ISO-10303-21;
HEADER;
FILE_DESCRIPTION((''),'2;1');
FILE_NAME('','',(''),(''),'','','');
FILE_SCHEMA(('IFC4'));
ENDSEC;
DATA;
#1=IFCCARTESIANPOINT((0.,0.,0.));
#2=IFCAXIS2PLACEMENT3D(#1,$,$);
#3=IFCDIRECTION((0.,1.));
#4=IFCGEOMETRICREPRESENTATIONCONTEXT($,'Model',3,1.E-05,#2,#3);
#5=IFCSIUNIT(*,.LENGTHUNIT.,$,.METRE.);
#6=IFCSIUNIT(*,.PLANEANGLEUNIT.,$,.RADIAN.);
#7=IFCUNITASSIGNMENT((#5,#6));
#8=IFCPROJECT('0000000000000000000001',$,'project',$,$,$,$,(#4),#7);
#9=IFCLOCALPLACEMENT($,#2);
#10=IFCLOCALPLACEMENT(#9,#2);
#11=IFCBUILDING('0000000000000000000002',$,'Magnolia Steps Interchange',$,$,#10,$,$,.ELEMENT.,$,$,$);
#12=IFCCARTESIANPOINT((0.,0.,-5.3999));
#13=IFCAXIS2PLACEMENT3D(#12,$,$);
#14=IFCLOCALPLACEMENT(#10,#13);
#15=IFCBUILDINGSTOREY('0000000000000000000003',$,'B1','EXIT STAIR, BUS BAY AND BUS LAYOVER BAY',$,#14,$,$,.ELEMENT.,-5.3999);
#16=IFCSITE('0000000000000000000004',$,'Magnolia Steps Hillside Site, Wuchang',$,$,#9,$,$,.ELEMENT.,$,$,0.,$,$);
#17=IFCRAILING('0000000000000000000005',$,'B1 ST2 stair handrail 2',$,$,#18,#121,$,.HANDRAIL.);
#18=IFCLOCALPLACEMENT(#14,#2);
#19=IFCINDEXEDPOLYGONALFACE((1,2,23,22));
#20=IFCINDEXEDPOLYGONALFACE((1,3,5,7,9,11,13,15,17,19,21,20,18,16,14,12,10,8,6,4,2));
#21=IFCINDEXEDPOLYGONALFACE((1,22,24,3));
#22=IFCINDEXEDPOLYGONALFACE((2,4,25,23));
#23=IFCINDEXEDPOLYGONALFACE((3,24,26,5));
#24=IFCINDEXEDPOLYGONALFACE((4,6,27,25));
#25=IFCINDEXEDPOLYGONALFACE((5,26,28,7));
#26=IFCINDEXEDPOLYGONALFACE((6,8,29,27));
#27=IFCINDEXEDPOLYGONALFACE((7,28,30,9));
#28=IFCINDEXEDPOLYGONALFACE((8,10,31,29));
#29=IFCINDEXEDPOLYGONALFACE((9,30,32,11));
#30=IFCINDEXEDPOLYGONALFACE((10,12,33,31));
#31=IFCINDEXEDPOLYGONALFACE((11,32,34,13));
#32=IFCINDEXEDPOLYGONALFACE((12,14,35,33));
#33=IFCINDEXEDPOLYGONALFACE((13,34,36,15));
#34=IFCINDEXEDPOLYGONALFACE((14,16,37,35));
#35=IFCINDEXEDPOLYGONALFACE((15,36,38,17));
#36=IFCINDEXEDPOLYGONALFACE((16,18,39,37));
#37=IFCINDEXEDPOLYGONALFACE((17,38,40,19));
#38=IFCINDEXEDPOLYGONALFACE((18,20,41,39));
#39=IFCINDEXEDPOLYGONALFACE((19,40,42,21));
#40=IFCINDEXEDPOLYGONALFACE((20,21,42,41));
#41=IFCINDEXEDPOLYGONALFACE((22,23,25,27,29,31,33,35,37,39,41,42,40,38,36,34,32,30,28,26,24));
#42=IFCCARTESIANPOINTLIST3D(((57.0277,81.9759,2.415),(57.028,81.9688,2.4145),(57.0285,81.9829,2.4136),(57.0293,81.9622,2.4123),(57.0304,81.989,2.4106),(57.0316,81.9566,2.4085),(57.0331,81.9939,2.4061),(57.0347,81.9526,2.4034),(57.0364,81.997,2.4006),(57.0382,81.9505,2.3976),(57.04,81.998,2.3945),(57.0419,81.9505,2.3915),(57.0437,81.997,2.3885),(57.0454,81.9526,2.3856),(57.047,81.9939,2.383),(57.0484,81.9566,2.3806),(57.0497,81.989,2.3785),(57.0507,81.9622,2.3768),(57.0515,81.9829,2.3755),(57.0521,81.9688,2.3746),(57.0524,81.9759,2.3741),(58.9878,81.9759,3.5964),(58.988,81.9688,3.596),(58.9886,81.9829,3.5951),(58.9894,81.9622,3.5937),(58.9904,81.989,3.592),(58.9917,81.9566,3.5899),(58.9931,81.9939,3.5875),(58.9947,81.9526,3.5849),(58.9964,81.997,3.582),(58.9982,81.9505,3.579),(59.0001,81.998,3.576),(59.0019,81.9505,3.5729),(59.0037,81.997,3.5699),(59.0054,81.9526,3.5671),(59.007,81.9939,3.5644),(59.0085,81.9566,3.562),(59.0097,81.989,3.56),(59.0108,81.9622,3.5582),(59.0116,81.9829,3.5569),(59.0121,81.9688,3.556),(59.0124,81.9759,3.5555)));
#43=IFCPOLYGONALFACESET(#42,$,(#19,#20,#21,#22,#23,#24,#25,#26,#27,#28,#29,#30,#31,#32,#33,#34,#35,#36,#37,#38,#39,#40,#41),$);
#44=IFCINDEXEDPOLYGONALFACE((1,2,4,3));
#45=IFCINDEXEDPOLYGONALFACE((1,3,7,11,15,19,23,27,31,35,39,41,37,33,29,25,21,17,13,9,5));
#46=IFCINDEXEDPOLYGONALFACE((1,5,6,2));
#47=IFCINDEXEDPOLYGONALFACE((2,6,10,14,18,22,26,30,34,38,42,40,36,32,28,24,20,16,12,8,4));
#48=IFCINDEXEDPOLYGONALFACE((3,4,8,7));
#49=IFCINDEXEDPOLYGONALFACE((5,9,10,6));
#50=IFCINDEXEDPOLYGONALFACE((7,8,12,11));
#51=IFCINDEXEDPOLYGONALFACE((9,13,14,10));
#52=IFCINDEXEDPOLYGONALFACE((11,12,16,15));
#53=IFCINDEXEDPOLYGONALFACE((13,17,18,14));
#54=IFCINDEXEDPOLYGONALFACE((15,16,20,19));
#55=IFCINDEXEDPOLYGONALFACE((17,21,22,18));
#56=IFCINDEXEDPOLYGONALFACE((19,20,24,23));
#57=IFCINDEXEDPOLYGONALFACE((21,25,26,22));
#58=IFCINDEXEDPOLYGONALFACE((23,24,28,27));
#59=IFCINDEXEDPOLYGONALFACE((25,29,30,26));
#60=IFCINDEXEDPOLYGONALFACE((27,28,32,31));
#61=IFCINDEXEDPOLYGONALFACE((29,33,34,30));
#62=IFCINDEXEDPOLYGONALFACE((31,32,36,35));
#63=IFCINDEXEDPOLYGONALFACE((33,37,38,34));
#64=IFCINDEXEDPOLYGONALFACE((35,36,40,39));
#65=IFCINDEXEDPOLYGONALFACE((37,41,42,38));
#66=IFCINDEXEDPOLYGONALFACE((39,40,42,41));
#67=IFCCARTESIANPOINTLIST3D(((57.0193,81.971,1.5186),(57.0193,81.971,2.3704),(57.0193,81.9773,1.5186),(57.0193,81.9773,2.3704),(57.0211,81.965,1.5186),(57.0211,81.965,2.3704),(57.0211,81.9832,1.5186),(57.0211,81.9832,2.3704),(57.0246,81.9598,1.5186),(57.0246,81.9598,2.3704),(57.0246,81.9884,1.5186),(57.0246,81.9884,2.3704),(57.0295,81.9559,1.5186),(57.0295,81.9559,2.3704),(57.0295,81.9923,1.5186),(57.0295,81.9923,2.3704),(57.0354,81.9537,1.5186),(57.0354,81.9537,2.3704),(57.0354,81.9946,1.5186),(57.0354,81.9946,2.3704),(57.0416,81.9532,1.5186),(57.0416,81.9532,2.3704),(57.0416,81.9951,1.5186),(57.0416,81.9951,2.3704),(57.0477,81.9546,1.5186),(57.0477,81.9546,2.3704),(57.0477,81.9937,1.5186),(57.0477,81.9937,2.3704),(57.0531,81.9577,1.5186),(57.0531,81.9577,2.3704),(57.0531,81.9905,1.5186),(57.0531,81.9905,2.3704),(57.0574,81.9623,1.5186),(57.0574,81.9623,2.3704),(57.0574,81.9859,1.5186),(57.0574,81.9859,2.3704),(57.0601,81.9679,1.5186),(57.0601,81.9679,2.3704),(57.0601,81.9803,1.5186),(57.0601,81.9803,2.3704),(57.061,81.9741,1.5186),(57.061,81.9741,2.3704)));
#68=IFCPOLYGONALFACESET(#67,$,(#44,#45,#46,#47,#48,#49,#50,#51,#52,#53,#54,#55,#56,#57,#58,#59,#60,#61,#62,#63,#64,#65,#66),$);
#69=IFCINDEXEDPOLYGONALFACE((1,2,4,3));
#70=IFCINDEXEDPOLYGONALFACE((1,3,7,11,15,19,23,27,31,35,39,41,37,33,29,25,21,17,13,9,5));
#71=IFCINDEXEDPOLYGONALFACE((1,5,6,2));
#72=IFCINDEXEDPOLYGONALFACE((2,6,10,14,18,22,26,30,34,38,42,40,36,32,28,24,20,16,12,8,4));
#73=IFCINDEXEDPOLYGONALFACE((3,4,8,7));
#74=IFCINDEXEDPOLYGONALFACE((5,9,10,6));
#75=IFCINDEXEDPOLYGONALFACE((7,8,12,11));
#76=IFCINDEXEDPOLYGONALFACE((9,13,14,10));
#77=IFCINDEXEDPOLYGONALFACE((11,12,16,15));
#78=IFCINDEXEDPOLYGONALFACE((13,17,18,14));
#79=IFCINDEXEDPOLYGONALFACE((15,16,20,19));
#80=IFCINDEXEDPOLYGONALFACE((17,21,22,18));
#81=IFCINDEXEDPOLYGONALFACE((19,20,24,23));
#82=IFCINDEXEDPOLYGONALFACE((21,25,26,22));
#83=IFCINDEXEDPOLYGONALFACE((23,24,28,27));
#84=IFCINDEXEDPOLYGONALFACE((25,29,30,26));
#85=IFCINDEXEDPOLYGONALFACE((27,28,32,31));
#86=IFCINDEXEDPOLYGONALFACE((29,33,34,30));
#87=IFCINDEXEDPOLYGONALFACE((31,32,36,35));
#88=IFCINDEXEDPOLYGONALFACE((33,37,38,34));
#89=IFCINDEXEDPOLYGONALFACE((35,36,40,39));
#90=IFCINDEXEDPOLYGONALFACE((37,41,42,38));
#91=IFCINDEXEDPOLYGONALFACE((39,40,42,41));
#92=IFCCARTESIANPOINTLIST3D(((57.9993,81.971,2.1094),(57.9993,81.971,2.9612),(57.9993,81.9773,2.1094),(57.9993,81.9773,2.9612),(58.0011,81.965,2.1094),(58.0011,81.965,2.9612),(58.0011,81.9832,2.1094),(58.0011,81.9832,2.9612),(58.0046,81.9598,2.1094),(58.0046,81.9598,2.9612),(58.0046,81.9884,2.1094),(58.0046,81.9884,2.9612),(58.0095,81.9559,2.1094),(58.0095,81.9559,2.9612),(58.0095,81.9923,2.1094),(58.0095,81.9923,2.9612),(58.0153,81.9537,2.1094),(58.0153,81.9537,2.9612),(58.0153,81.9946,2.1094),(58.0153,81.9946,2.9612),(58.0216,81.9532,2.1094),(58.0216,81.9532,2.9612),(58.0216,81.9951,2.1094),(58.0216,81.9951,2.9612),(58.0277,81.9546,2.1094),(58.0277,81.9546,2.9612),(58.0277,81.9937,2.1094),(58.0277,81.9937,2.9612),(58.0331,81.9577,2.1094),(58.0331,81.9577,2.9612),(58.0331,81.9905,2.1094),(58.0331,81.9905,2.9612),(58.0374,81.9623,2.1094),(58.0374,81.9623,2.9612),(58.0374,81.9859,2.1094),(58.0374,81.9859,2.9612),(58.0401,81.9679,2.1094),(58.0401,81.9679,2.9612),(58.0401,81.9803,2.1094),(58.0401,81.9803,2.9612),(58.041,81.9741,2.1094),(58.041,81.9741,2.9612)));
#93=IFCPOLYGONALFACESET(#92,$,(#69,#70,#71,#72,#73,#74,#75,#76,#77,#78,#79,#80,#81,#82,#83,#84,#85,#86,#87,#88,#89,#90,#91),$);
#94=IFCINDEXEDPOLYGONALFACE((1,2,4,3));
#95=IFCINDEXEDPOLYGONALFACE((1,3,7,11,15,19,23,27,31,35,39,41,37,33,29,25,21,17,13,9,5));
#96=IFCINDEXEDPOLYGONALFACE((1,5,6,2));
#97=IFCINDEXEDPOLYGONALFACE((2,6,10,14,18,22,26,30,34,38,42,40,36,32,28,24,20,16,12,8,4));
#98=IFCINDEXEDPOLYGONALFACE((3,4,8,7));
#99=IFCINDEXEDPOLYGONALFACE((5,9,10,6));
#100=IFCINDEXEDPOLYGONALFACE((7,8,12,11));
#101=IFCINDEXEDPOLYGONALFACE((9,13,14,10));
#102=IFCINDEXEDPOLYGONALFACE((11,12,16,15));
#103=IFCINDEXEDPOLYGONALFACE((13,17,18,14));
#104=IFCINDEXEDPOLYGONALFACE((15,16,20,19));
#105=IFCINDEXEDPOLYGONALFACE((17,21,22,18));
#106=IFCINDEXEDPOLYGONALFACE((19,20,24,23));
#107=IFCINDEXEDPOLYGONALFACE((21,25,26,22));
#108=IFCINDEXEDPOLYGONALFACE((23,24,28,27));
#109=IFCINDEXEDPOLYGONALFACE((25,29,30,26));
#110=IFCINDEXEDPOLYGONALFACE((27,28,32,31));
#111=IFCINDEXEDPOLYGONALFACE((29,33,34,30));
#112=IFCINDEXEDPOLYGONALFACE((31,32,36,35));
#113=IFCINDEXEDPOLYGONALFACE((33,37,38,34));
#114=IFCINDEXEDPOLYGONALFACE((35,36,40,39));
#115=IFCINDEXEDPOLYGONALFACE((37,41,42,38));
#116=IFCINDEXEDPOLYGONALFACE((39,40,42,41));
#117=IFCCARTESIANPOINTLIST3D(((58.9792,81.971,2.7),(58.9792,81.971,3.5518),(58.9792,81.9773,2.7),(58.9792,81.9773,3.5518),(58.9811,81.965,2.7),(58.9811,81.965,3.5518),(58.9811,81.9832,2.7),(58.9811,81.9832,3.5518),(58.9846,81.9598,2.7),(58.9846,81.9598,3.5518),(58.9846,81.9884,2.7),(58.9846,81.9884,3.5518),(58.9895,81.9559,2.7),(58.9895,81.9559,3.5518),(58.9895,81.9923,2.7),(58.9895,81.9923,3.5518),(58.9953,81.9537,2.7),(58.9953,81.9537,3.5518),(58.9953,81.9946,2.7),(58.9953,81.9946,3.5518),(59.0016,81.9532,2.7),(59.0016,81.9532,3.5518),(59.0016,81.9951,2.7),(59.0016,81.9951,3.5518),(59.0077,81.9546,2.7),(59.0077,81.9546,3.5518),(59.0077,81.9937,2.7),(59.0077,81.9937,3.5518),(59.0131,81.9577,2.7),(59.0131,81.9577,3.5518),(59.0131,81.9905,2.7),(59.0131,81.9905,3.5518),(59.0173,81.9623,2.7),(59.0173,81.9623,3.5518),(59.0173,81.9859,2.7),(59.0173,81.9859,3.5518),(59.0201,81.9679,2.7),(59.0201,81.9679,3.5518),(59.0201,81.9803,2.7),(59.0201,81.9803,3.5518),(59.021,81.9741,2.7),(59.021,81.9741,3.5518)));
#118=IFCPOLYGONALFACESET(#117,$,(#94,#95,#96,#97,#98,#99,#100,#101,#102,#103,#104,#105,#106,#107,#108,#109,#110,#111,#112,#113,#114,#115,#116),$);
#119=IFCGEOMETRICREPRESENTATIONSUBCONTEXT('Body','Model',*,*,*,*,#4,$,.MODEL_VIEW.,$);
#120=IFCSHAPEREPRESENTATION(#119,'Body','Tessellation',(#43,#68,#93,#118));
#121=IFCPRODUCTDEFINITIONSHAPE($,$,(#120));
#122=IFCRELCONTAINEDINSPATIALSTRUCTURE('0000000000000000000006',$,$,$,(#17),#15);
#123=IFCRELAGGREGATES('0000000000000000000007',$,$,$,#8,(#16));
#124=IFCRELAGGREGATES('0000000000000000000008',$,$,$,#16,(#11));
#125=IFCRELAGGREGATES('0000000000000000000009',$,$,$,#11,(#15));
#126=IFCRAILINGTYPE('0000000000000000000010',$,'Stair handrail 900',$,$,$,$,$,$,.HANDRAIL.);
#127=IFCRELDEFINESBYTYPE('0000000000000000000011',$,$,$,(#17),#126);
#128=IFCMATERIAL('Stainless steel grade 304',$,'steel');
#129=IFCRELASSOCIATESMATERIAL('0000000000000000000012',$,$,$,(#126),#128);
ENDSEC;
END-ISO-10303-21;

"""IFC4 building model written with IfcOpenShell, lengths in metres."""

from ifc_helpers import new_model, si_unit, direction, frame, origin, origin_2d, place, context, subcontext, project, spatial, circle, extrude, material, type_object, element, save


model = new_model("IFC4")

# Units and contexts
model_context = context("Model", 3, precision=1e-05, world=origin(), true_north=direction((0.0, 1.0)))
body_context = subcontext(model_context, "Body", "Model", "MODEL_VIEW")
ifc_project = project(units=[si_unit("LENGTHUNIT", "METRE"), si_unit("PLANEANGLEUNIT", "RADIAN")], contexts=[model_context])

# Site, building, storey
site_placement = place(None, origin())
site = spatial("IfcSite", under=ifc_project, at=site_placement, Name="Magnolia Steps Hillside Site, Wuchang", CompositionType="ELEMENT", RefElevation=0.0)
building_placement = place(site_placement, origin())
building = spatial("IfcBuilding", under=site, at=building_placement, Name="Magnolia Steps Interchange", CompositionType="ELEMENT")
storey_placement = place(building_placement, frame((0.0, 0.0, -5.3999)))
storey = spatial("IfcBuildingStorey", under=building, at=storey_placement, Name="B1", Description="EXIT STAIR, BUS BAY AND BUS LAYOVER BAY", CompositionType="ELEMENT", Elevation=-5.3999)

# Railing
ifc_material_1 = material(Name="Stainless steel grade 304", Category="steel")
railing_type_1 = type_object("IfcRailingType", Name="Stair handrail 900", PredefinedType="HANDRAIL", material=ifc_material_1)
railing_1_placement = place(storey_placement, frame((57.04, 81.9741, 1.5186)))
element("IfcRailing", 1, at=railing_1_placement, inside=storey, type_object=railing_type_1, Name="B1 ST2 stair handrail 2", PredefinedType="HANDRAIL", context=body_context, shape_type="SweptSolid", body=[
    extrude(circle(Radius=0.0239, at=origin_2d()), frame((0.0, 0.0, 0.876), z_axis=(0.856446, 0.0, 0.516236), x_axis=(0.0, 1.0, 0.0)), (0.0, 0.0, 1.0), 2.2886),
    extrude(circle(Radius=0.021, at=origin_2d()), origin(), (0.0, 0.0, 1.0), 0.8518),
    extrude(circle(Radius=0.021, at=origin_2d()), frame((0.98, 0.0, 0.5908)), (0.0, 0.0, 1.0), 0.8518),
    extrude(circle(Radius=0.021, at=origin_2d()), frame((1.96, 0.0, 1.1814)), (0.0, 0.0, 1.0), 0.8518),
])

save(model, "model.ifc")
